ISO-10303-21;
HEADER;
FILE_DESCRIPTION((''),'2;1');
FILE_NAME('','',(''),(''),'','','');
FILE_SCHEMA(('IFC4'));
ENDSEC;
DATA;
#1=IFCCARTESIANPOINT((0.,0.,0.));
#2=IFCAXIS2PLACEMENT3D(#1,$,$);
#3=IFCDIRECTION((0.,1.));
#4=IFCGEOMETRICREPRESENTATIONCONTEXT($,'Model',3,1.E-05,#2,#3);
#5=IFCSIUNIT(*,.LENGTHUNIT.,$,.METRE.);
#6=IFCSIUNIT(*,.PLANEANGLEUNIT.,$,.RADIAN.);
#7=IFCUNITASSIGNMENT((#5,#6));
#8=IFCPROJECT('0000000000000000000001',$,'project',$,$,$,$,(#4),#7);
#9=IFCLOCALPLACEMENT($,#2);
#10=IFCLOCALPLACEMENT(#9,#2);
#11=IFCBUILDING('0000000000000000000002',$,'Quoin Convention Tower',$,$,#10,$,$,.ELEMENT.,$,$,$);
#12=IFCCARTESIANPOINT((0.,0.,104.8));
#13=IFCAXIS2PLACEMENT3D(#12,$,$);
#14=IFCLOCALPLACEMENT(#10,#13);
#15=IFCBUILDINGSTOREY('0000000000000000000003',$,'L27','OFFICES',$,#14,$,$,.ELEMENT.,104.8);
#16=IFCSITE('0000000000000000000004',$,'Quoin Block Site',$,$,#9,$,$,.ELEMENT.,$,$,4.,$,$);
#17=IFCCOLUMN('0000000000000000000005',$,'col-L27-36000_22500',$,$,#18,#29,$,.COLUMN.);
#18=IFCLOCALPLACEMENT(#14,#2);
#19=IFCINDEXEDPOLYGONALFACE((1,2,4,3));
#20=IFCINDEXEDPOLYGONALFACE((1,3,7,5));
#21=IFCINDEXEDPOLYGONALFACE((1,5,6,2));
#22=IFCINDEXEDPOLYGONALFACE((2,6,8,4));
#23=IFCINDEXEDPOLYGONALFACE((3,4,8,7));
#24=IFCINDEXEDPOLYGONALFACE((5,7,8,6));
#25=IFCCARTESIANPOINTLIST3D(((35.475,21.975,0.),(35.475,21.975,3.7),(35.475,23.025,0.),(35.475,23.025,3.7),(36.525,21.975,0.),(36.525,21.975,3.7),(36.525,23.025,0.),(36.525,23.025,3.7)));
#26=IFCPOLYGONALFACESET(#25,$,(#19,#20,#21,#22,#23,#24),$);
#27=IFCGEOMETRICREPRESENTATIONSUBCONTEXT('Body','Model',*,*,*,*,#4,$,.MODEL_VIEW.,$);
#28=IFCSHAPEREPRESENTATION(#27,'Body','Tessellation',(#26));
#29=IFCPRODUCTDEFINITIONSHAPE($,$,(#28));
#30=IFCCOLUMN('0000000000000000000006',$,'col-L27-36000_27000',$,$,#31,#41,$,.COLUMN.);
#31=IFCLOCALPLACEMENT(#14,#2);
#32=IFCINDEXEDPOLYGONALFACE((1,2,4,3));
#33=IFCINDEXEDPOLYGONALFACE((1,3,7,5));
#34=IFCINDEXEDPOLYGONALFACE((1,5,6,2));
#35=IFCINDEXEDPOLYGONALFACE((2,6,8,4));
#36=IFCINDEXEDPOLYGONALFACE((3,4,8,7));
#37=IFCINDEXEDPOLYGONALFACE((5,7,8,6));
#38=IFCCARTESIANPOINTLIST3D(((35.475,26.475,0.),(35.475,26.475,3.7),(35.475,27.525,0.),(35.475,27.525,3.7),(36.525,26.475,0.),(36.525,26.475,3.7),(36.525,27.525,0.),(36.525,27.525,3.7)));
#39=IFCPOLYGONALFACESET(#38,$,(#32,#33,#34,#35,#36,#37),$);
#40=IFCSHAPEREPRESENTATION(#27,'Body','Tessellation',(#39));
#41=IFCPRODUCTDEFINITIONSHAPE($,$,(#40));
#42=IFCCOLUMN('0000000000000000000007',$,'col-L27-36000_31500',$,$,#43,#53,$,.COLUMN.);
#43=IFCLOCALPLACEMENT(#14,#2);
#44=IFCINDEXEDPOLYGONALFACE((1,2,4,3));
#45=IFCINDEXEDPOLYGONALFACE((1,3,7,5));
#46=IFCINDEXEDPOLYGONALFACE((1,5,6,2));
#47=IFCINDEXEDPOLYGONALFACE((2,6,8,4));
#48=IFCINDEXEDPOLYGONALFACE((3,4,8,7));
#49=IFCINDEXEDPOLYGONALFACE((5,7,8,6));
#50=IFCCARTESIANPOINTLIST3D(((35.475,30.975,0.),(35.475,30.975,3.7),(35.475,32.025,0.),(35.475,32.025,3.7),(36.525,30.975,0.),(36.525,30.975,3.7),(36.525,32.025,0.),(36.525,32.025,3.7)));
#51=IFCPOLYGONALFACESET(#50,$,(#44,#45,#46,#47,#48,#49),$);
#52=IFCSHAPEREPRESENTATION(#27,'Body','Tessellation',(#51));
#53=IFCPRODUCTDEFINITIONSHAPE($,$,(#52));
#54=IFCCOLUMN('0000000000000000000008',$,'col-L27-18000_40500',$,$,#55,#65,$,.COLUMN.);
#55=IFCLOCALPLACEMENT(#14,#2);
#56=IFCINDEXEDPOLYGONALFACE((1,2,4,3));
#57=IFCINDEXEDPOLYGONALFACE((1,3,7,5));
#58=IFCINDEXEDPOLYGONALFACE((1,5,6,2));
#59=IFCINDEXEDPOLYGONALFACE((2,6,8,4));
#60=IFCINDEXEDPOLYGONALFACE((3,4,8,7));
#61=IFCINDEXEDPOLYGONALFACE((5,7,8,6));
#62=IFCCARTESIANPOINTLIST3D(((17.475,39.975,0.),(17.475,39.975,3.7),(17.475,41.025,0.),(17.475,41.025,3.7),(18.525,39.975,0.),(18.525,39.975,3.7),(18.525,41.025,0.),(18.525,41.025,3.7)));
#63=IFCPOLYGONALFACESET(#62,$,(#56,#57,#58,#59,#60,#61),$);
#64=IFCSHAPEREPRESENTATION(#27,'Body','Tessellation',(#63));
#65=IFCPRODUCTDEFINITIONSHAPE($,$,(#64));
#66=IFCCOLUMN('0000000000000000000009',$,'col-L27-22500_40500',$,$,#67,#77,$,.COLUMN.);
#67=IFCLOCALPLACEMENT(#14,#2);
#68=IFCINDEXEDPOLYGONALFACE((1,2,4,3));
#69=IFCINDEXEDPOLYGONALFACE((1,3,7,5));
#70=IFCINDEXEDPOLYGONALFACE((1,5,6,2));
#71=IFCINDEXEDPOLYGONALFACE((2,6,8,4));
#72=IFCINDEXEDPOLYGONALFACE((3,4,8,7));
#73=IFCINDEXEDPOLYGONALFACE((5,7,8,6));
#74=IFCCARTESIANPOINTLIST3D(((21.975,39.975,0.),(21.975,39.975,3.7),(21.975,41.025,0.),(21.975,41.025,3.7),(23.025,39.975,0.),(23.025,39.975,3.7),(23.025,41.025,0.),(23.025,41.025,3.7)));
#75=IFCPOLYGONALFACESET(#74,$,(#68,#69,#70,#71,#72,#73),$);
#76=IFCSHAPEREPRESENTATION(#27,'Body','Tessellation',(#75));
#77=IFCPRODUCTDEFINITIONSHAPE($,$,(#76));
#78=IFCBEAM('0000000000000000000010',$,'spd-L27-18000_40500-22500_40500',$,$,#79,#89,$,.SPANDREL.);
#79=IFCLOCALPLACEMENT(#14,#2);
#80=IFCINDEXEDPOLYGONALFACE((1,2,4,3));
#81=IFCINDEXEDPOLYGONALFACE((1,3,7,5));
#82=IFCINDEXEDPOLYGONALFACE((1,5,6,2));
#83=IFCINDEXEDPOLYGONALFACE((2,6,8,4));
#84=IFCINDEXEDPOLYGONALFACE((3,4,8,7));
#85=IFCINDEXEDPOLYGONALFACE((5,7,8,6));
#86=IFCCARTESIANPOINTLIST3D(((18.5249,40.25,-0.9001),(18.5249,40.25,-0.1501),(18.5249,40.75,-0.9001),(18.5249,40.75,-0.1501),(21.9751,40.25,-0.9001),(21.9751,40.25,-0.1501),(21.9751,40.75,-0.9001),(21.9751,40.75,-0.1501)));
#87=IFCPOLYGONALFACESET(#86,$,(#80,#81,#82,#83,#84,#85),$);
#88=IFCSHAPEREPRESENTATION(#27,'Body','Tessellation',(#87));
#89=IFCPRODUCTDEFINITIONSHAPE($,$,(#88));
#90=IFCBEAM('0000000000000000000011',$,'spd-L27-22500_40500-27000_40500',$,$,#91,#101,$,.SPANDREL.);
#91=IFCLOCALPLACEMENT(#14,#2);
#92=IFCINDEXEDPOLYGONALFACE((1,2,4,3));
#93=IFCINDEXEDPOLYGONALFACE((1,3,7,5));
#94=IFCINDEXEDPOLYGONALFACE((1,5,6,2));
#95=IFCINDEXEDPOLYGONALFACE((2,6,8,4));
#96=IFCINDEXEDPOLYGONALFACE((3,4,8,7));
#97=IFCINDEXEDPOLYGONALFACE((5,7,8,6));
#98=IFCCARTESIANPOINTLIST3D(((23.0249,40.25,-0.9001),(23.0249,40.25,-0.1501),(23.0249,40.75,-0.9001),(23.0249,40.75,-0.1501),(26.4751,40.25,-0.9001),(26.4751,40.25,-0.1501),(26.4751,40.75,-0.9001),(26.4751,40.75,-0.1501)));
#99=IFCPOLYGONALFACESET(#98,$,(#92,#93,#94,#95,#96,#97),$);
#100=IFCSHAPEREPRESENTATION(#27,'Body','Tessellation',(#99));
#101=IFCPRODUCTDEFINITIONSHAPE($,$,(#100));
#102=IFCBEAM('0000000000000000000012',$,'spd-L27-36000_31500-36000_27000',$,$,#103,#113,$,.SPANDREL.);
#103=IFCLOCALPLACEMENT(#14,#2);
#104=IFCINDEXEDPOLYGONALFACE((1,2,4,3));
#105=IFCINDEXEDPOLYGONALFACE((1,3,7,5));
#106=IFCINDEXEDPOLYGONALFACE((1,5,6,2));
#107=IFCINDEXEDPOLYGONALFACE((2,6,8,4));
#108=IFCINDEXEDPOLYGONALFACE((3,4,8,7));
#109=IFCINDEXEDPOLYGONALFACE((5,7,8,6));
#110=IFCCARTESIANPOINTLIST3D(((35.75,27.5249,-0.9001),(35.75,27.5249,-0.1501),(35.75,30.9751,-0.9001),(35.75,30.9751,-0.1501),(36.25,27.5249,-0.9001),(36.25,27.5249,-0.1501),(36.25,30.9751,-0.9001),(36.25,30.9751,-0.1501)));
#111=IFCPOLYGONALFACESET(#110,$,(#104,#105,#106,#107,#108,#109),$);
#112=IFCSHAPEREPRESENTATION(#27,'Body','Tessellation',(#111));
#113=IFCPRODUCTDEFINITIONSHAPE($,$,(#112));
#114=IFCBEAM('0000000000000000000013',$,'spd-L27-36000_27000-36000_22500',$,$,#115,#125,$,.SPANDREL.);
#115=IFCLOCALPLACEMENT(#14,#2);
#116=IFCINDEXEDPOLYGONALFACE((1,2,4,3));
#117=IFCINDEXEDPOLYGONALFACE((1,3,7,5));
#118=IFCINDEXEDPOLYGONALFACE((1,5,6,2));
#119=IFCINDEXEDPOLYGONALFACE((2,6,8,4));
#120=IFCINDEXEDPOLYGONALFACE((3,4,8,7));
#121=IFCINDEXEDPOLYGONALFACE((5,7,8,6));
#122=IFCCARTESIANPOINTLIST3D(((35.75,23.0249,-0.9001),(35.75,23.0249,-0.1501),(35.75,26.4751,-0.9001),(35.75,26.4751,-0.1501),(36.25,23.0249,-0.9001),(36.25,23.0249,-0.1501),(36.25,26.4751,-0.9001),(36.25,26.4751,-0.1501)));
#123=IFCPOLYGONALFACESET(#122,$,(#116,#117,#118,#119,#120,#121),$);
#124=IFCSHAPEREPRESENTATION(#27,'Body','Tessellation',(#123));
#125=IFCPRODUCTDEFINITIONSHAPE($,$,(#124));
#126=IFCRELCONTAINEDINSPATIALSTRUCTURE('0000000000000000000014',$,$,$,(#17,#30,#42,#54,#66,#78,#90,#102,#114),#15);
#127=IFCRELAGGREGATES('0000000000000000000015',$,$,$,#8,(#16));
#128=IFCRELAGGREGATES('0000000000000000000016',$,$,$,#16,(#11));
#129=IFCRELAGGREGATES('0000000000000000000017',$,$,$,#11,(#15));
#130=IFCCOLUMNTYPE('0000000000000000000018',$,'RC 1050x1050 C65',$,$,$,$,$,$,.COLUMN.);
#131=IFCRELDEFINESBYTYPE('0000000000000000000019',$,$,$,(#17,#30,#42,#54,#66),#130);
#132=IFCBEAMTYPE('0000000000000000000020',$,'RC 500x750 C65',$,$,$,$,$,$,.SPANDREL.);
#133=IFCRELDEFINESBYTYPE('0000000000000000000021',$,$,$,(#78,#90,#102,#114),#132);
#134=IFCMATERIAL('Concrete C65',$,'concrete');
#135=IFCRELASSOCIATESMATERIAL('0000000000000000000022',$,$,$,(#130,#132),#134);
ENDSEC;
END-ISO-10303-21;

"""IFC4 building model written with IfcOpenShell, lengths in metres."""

from ifc_helpers import new_model, si_unit, direction, frame, origin, origin_2d, place, context, subcontext, project, spatial, rectangle, extrude, material, material_profile, profile_set, type_object, element, save


model = new_model("IFC4")

# Units and contexts
model_context = context("Model", 3, precision=1e-05, world=origin(), true_north=direction((0.0, 1.0)))
body_context = subcontext(model_context, "Body", "Model", "MODEL_VIEW")
ifc_project = project(units=[si_unit("LENGTHUNIT", "METRE"), si_unit("PLANEANGLEUNIT", "RADIAN")], contexts=[model_context])

# Site, building, storey
site_placement = place(None, origin())
site = spatial("IfcSite", under=ifc_project, at=site_placement, Name="Quoin Block Site", CompositionType="ELEMENT", RefElevation=4.0)
building_placement = place(site_placement, origin())
building = spatial("IfcBuilding", under=site, at=building_placement, Name="Quoin Convention Tower", CompositionType="ELEMENT")
storey_placement = place(building_placement, frame((0.0, 0.0, 104.8)))
storey = spatial("IfcBuildingStorey", under=building, at=storey_placement, Name="L27", Description="OFFICES", CompositionType="ELEMENT", Elevation=104.8)

# Columns
ifc_material_1 = material(Name="Concrete C65", Category="concrete")
ifc_material_profile_1 = material_profile(ifc_material_1, rectangle(XDim=1.05, YDim=1.05, at=origin_2d()), Name="RC 1050x1050")
ifc_profile_set_1 = profile_set([ifc_material_profile_1], Name="Concrete C65")
column_type = type_object("IfcColumnType", Name="RC 1050x1050 C65", PredefinedType="COLUMN", material=ifc_profile_set_1)
for number, where, z_axis, x_axis, name in (
    (1, (36.0, 22.5, 0.0), (0.0, 0.0, 1.0), (1.0, 0.0, 0.0), "col-L27-36000_22500"),
    (2, (36.0, 27.0, 0.0), (0.0, 0.0, 1.0), (1.0, 0.0, 0.0), "col-L27-36000_27000"),
    (3, (36.0, 31.5, 0.0), (0.0, 0.0, 1.0), (1.0, 0.0, 0.0), "col-L27-36000_31500"),
    (4, (18.0, 40.5, 0.0), (0.0, 0.0, 1.0), (1.0, 0.0, 0.0), "col-L27-18000_40500"),
    (5, (22.5, 40.5, 0.0), (0.0, 0.0, 1.0), (1.0, 0.0, 0.0), "col-L27-22500_40500"),
):
    element("IfcColumn", number, at=place(storey_placement, frame(where, z_axis=z_axis, x_axis=x_axis)), inside=storey, type_object=column_type, Name=name, PredefinedType="COLUMN", context=body_context, shape_type="SweptSolid", body=[
        extrude(rectangle(XDim=1.05, YDim=1.05, at=origin_2d()), origin(), (0.0, 0.0, 1.0), 3.7),
    ])

# Beams
ifc_material_profile_2 = material_profile(ifc_material_1, rectangle(XDim=0.5, YDim=0.75, at=origin_2d()), Name="RC 500x750")
ifc_profile_set_2 = profile_set([ifc_material_profile_2], Name="Concrete C65")
beam_type = type_object("IfcBeamType", Name="RC 500x750 C65", PredefinedType="SPANDREL", material=ifc_profile_set_2)
for number, where, z_axis, x_axis, name in (
    (6, (18.5249, 40.5, -0.5251), (1.0, 0.0, 0.0), (0.0, 1.0, 0.0), "spd-L27-18000_40500-22500_40500"),
    (7, (23.0249, 40.5, -0.5251), (1.0, 0.0, 0.0), (0.0, 1.0, 0.0), "spd-L27-22500_40500-27000_40500"),
    (8, (36.0, 30.9751, -0.5251), (0.0, -1.0, 0.0), (1.0, 0.0, 0.0), "spd-L27-36000_31500-36000_27000"),
    (9, (36.0, 26.4751, -0.5251), (0.0, -1.0, 0.0), (1.0, 0.0, 0.0), "spd-L27-36000_27000-36000_22500"),
):
    element("IfcBeam", number, at=place(storey_placement, frame(where, z_axis=z_axis, x_axis=x_axis)), inside=storey, type_object=beam_type, Name=name, PredefinedType="SPANDREL", context=body_context, shape_type="SweptSolid", body=[
        extrude(rectangle(XDim=0.5, YDim=0.75, at=origin_2d()), origin(), (0.0, 0.0, 1.0), 3.4502),
    ])

save(model, "model.ifc")
